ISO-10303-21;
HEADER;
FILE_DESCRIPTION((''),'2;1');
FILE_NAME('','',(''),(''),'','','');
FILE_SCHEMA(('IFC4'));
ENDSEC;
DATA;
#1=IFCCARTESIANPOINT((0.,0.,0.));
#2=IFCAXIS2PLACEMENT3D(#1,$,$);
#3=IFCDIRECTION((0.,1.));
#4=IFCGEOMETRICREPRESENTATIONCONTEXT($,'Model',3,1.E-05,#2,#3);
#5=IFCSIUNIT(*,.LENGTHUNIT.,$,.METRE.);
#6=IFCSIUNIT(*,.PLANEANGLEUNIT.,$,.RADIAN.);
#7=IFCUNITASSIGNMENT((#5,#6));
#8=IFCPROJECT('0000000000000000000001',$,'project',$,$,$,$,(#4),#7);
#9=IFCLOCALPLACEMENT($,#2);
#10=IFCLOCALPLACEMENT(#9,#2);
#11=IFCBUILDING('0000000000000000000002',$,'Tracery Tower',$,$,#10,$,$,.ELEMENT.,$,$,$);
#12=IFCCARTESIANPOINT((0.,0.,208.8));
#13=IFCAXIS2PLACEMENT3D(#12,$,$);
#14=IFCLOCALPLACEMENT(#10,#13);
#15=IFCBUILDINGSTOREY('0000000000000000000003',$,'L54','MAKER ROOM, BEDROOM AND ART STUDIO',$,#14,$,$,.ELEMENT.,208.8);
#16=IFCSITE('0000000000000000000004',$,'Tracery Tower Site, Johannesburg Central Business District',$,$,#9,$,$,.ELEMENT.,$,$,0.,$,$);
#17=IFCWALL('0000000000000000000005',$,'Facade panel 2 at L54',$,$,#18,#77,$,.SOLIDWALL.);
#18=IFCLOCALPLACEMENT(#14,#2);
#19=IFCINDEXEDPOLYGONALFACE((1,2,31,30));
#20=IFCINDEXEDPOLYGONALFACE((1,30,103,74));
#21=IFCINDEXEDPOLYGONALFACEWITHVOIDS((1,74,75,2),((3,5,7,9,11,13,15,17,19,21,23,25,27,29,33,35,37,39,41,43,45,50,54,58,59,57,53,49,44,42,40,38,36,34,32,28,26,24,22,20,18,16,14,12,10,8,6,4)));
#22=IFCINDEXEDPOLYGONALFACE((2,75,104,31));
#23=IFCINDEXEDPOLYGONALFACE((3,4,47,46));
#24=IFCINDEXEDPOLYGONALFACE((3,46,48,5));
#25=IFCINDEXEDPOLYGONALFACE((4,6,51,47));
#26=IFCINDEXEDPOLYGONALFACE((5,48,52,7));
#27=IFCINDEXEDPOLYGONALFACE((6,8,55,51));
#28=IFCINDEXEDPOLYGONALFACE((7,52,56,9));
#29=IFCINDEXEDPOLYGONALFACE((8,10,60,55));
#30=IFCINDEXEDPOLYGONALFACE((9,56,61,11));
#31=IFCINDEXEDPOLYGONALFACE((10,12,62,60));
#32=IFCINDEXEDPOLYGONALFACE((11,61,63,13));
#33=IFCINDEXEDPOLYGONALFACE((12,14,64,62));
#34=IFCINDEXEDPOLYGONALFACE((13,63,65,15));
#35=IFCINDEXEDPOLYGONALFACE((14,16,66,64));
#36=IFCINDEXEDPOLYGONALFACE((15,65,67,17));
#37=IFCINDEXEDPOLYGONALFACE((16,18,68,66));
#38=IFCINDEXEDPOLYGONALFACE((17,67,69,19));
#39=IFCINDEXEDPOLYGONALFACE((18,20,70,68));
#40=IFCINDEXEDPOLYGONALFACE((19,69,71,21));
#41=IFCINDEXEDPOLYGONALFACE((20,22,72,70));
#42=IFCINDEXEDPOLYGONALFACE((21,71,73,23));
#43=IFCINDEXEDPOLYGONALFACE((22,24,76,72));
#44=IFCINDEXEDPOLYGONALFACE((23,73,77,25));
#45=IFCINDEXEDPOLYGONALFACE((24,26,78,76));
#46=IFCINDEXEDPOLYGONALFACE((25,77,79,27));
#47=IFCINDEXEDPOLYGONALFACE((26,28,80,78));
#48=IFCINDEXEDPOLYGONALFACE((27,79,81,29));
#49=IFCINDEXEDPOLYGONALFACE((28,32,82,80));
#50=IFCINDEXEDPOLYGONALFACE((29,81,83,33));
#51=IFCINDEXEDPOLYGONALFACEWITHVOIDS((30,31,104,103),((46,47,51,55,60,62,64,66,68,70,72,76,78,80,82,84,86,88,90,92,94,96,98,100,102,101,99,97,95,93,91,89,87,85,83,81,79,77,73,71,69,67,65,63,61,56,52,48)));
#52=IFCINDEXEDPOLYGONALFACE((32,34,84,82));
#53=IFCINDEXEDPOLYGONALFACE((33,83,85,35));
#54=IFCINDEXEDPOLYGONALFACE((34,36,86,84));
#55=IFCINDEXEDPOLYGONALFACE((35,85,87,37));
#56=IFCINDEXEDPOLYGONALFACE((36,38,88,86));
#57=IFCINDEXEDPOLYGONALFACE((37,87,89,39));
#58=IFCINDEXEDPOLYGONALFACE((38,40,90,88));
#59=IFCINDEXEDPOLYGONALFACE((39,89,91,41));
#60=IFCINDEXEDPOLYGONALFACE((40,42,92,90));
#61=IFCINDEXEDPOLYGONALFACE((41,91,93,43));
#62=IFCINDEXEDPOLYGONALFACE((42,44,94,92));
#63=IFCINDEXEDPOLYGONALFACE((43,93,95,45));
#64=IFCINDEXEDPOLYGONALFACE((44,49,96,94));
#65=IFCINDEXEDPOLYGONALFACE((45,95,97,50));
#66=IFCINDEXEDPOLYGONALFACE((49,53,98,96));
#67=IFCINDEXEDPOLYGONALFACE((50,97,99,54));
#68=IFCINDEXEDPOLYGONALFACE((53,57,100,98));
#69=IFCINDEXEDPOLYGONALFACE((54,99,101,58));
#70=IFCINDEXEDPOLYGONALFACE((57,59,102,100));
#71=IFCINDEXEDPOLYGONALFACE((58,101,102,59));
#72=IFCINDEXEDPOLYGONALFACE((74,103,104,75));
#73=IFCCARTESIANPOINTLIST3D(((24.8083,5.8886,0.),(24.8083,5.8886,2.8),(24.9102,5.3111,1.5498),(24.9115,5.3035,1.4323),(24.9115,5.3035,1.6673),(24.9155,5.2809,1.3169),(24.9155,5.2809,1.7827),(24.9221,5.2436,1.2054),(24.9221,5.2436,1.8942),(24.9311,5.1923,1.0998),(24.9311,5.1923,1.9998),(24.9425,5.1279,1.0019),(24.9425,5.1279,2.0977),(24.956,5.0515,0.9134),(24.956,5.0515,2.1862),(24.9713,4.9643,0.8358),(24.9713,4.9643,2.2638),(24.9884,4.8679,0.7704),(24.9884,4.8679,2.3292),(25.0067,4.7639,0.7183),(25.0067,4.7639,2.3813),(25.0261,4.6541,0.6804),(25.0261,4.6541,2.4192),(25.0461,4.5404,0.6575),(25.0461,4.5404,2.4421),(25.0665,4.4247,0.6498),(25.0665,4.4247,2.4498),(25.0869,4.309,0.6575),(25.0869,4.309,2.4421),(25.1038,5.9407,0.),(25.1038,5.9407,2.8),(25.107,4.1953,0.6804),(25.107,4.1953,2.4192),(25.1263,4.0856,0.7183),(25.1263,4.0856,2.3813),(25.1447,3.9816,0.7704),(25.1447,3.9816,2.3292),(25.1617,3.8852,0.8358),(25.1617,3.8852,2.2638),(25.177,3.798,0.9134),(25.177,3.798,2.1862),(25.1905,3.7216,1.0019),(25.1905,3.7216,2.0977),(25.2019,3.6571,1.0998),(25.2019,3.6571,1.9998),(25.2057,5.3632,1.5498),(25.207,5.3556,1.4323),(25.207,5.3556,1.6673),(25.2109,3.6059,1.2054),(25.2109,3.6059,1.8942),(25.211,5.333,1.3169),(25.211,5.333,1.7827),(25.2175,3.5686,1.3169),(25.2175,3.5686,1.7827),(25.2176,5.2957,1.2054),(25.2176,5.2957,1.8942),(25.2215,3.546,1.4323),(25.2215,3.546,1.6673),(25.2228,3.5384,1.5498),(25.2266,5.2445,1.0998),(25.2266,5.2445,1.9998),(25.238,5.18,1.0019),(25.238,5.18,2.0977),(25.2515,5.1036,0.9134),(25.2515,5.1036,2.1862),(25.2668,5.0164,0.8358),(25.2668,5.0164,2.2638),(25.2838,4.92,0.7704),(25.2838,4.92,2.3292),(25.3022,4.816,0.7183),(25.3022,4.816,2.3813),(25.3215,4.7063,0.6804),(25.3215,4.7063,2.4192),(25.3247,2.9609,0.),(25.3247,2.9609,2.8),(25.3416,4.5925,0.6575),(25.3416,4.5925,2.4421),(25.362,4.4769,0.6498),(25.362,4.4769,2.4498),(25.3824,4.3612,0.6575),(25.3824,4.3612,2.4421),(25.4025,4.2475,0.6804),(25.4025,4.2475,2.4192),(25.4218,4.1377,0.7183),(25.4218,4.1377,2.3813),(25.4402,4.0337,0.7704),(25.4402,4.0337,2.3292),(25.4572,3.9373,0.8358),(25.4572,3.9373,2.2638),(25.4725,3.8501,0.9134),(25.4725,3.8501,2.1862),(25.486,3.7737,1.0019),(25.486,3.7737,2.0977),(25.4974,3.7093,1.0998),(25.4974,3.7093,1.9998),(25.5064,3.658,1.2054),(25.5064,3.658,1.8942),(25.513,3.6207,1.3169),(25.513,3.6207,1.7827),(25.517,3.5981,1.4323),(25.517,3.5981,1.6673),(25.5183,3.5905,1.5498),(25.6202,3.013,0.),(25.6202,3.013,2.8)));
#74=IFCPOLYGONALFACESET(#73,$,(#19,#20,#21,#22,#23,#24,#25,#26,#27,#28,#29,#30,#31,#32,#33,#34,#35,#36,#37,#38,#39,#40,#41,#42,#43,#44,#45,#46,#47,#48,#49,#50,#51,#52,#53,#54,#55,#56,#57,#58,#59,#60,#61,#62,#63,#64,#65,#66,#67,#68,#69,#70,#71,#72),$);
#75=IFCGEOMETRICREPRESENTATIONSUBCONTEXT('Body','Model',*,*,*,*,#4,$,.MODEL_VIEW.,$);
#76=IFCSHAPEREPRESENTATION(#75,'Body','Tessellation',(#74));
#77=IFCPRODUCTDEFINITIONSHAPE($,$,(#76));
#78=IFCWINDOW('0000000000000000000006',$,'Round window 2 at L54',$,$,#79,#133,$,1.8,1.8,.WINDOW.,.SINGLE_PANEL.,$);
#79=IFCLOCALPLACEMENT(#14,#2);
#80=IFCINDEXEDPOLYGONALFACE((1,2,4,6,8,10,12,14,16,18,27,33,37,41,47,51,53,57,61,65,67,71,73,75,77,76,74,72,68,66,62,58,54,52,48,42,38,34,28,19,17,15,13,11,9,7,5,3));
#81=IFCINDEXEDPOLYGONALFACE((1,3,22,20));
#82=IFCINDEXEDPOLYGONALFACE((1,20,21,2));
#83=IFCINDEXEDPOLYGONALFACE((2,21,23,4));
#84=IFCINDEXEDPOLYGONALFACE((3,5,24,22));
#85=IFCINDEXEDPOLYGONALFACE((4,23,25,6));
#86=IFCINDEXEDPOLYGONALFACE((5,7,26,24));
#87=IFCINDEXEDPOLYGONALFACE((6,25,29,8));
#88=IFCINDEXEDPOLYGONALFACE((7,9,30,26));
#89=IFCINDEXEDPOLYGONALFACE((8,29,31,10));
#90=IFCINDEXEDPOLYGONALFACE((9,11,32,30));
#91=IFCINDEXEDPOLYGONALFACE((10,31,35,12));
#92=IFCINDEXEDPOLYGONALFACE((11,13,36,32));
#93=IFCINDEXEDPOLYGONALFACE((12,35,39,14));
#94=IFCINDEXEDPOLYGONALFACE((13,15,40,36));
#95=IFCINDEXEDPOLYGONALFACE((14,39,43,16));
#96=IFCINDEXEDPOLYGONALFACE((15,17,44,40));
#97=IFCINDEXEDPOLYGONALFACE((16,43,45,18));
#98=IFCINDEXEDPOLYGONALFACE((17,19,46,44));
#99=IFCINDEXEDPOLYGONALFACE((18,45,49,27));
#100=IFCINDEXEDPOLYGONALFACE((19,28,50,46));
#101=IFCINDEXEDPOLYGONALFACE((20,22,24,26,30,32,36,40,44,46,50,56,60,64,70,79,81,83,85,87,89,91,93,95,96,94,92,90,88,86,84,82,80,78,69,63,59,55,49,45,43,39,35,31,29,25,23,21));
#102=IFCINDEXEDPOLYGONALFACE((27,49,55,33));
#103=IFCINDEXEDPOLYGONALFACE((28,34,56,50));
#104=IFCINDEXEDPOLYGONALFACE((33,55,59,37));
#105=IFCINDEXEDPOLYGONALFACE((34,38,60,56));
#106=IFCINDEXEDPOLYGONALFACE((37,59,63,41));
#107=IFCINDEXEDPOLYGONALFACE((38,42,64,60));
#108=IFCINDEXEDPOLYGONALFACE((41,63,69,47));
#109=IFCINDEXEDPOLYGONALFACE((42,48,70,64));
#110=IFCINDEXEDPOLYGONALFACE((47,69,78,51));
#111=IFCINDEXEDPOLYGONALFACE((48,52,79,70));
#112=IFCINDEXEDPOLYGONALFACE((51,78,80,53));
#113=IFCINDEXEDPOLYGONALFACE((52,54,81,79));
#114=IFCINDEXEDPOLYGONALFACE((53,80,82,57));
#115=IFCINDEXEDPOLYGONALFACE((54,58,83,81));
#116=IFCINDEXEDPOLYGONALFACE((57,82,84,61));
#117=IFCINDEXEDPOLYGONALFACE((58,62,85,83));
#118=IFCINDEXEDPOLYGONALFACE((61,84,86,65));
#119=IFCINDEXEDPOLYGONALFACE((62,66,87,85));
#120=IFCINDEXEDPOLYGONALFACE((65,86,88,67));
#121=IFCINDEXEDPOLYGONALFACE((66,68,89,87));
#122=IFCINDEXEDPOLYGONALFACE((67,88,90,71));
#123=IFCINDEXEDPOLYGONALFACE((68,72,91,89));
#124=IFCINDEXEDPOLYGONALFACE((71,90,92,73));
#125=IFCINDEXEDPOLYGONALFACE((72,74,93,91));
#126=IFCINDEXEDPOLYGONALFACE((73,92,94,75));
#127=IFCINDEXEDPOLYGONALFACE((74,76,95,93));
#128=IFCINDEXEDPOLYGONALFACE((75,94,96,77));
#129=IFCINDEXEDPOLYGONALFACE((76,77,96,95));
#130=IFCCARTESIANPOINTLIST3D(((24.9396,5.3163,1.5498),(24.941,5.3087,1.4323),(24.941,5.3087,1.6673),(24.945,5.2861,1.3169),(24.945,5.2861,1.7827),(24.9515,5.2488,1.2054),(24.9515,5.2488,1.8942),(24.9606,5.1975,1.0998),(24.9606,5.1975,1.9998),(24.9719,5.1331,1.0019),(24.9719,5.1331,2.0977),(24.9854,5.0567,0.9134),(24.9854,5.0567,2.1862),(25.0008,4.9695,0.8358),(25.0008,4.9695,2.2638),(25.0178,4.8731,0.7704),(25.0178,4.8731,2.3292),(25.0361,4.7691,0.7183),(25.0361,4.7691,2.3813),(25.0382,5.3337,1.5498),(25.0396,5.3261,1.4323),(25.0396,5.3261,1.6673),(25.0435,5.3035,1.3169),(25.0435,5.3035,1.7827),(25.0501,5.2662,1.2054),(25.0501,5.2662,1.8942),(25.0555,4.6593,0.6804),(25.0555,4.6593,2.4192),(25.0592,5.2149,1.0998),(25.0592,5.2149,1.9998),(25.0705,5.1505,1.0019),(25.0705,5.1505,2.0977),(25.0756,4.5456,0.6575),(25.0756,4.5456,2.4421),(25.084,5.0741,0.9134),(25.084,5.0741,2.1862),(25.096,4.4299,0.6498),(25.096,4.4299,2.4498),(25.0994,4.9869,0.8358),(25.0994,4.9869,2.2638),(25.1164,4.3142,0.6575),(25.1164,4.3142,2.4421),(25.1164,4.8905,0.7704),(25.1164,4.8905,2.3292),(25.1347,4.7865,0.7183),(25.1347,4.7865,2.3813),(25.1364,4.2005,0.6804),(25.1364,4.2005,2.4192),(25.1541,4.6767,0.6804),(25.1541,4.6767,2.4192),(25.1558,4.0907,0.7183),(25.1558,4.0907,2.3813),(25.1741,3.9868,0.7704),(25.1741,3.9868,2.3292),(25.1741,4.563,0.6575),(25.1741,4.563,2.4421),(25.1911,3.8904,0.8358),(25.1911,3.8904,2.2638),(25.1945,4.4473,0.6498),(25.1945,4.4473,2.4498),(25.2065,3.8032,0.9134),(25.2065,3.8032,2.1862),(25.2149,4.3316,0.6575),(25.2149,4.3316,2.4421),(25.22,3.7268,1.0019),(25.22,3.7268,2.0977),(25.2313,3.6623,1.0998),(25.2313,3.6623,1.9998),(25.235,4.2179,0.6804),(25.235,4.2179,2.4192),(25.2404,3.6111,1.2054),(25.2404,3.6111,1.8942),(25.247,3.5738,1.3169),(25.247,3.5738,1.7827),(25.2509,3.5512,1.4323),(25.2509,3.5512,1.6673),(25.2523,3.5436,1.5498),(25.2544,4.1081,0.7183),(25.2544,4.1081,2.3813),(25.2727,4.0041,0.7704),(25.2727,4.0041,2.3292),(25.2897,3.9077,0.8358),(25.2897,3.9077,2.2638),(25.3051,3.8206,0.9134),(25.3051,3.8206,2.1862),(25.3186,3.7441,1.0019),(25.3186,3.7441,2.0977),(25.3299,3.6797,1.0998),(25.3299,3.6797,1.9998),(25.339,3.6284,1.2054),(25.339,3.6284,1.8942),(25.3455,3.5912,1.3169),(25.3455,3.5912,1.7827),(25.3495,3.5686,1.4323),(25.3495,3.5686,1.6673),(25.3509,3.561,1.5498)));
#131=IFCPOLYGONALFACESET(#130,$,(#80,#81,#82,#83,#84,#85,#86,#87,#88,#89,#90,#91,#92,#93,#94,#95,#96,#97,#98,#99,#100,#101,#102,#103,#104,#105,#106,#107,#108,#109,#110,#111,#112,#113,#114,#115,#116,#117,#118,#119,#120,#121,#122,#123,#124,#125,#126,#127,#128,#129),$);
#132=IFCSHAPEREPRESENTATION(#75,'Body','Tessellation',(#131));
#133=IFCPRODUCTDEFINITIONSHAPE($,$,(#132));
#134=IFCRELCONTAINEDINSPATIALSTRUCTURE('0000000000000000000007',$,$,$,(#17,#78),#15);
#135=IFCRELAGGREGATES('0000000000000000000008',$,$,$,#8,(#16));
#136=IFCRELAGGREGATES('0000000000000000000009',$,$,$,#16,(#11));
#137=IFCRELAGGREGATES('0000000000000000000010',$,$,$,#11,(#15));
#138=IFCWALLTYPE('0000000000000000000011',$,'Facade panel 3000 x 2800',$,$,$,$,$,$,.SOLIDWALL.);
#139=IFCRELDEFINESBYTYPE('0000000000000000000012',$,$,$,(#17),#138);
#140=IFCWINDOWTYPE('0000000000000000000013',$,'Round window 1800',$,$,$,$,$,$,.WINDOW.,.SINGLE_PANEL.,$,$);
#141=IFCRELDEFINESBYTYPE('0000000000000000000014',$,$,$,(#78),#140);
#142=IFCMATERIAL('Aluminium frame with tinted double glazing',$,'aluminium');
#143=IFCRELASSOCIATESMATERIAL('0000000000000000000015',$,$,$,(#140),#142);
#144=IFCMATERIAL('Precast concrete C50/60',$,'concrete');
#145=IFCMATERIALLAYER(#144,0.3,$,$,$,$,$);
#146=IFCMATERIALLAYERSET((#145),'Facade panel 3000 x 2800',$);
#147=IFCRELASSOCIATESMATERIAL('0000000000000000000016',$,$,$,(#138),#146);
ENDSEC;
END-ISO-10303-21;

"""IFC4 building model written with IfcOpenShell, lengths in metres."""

from ifc_helpers import new_model, si_unit, direction, frame, frame_2d, origin, origin_2d, place, context, subcontext, project, spatial, rectangle, circle, extrude, material, layer, layer_set, type_object, element, fill, save


model = new_model("IFC4")

# Units and contexts
model_context = context("Model", 3, precision=1e-05, world=origin(), true_north=direction((0.0, 1.0)))
body_context = subcontext(model_context, "Body", "Model", "MODEL_VIEW")
ifc_project = project(units=[si_unit("LENGTHUNIT", "METRE"), si_unit("PLANEANGLEUNIT", "RADIAN")], contexts=[model_context])

# Site, building, storey
site_placement = place(None, origin())
site = spatial("IfcSite", under=ifc_project, at=site_placement, Name="Tracery Tower Site, Johannesburg Central Business District", CompositionType="ELEMENT", RefElevation=0.0)
building_placement = place(site_placement, origin())
building = spatial("IfcBuilding", under=site, at=building_placement, Name="Tracery Tower", CompositionType="ELEMENT")
storey_placement = place(building_placement, frame((0.0, 0.0, 208.8)))
storey = spatial("IfcBuildingStorey", under=building, at=storey_placement, Name="L54", Description="MAKER ROOM, BEDROOM AND ART STUDIO", CompositionType="ELEMENT", Elevation=208.8)

# Wall, opening, window
ifc_material_1 = material(Name="Aluminium frame with tinted double glazing", Category="aluminium")
window_type = type_object("IfcWindowType", Name="Round window 1800", PartitioningType="SINGLE_PANEL", PredefinedType="WINDOW", material=ifc_material_1)
ifc_material_2 = material(Name="Precast concrete C50/60", Category="concrete")
ifc_layer_1 = layer(ifc_material_2, 0.3)
ifc_layer_set_1 = layer_set([ifc_layer_1], Name="Facade panel 3000 x 2800")
wall_type_1 = type_object("IfcWallType", Name="Facade panel 3000 x 2800", PredefinedType="SOLIDWALL", material=ifc_layer_set_1)
wall_1_placement = place(storey_placement, frame((25.4724, 2.9871, 0.0), z_axis=(0.0, 0.0, 1.0), x_axis=(-0.173687, 0.984801, 0.0)))
wall_1 = element("IfcWall", 1, at=wall_1_placement, inside=storey, type_object=wall_type_1, Name="Facade panel 2 at L54", PredefinedType="SOLIDWALL", context=body_context, shape_type="SweptSolid", body=[
    extrude(rectangle(XDim=2.9729, YDim=0.3, at=frame_2d((1.4863, 0.0))), origin(), (0.0, 0.0, 1.0), 2.8),
])
opening_1_placement = place(wall_1_placement, frame((1.4863, 0.0, 1.5498)))
opening_1 = element("IfcOpeningElement", 2, at=opening_1_placement, cuts=wall_1, PredefinedType="OPENING", context=body_context, shape_type="SweptSolid", body=[
    extrude(circle(Radius=0.9, at=origin_2d()), frame((0.0, 0.1599, 0.0), z_axis=(0.0, -1.0, 0.0), x_axis=(1.0, 0.0, 0.0)), (0.0, 0.0, 1.0), 0.3201),
])
window_1_placement = place(opening_1_placement, origin())
window_1 = element("IfcWindow", 3, at=window_1_placement, inside=storey, type_object=window_type, Name="Round window 2 at L54", OverallHeight=1.8, OverallWidth=1.8, PartitioningType="SINGLE_PANEL", PredefinedType="WINDOW", context=body_context, shape_type="SweptSolid", body=[
    extrude(circle(Radius=0.9, at=origin_2d()), frame((0.0, 0.1201, 0.0), z_axis=(0.0, -1.0, 0.0), x_axis=(1.0, 0.0, 0.0)), (0.0, 0.0, 1.0), 0.1001),
])
fill(opening_1, window_1)

save(model, "model.ifc")
